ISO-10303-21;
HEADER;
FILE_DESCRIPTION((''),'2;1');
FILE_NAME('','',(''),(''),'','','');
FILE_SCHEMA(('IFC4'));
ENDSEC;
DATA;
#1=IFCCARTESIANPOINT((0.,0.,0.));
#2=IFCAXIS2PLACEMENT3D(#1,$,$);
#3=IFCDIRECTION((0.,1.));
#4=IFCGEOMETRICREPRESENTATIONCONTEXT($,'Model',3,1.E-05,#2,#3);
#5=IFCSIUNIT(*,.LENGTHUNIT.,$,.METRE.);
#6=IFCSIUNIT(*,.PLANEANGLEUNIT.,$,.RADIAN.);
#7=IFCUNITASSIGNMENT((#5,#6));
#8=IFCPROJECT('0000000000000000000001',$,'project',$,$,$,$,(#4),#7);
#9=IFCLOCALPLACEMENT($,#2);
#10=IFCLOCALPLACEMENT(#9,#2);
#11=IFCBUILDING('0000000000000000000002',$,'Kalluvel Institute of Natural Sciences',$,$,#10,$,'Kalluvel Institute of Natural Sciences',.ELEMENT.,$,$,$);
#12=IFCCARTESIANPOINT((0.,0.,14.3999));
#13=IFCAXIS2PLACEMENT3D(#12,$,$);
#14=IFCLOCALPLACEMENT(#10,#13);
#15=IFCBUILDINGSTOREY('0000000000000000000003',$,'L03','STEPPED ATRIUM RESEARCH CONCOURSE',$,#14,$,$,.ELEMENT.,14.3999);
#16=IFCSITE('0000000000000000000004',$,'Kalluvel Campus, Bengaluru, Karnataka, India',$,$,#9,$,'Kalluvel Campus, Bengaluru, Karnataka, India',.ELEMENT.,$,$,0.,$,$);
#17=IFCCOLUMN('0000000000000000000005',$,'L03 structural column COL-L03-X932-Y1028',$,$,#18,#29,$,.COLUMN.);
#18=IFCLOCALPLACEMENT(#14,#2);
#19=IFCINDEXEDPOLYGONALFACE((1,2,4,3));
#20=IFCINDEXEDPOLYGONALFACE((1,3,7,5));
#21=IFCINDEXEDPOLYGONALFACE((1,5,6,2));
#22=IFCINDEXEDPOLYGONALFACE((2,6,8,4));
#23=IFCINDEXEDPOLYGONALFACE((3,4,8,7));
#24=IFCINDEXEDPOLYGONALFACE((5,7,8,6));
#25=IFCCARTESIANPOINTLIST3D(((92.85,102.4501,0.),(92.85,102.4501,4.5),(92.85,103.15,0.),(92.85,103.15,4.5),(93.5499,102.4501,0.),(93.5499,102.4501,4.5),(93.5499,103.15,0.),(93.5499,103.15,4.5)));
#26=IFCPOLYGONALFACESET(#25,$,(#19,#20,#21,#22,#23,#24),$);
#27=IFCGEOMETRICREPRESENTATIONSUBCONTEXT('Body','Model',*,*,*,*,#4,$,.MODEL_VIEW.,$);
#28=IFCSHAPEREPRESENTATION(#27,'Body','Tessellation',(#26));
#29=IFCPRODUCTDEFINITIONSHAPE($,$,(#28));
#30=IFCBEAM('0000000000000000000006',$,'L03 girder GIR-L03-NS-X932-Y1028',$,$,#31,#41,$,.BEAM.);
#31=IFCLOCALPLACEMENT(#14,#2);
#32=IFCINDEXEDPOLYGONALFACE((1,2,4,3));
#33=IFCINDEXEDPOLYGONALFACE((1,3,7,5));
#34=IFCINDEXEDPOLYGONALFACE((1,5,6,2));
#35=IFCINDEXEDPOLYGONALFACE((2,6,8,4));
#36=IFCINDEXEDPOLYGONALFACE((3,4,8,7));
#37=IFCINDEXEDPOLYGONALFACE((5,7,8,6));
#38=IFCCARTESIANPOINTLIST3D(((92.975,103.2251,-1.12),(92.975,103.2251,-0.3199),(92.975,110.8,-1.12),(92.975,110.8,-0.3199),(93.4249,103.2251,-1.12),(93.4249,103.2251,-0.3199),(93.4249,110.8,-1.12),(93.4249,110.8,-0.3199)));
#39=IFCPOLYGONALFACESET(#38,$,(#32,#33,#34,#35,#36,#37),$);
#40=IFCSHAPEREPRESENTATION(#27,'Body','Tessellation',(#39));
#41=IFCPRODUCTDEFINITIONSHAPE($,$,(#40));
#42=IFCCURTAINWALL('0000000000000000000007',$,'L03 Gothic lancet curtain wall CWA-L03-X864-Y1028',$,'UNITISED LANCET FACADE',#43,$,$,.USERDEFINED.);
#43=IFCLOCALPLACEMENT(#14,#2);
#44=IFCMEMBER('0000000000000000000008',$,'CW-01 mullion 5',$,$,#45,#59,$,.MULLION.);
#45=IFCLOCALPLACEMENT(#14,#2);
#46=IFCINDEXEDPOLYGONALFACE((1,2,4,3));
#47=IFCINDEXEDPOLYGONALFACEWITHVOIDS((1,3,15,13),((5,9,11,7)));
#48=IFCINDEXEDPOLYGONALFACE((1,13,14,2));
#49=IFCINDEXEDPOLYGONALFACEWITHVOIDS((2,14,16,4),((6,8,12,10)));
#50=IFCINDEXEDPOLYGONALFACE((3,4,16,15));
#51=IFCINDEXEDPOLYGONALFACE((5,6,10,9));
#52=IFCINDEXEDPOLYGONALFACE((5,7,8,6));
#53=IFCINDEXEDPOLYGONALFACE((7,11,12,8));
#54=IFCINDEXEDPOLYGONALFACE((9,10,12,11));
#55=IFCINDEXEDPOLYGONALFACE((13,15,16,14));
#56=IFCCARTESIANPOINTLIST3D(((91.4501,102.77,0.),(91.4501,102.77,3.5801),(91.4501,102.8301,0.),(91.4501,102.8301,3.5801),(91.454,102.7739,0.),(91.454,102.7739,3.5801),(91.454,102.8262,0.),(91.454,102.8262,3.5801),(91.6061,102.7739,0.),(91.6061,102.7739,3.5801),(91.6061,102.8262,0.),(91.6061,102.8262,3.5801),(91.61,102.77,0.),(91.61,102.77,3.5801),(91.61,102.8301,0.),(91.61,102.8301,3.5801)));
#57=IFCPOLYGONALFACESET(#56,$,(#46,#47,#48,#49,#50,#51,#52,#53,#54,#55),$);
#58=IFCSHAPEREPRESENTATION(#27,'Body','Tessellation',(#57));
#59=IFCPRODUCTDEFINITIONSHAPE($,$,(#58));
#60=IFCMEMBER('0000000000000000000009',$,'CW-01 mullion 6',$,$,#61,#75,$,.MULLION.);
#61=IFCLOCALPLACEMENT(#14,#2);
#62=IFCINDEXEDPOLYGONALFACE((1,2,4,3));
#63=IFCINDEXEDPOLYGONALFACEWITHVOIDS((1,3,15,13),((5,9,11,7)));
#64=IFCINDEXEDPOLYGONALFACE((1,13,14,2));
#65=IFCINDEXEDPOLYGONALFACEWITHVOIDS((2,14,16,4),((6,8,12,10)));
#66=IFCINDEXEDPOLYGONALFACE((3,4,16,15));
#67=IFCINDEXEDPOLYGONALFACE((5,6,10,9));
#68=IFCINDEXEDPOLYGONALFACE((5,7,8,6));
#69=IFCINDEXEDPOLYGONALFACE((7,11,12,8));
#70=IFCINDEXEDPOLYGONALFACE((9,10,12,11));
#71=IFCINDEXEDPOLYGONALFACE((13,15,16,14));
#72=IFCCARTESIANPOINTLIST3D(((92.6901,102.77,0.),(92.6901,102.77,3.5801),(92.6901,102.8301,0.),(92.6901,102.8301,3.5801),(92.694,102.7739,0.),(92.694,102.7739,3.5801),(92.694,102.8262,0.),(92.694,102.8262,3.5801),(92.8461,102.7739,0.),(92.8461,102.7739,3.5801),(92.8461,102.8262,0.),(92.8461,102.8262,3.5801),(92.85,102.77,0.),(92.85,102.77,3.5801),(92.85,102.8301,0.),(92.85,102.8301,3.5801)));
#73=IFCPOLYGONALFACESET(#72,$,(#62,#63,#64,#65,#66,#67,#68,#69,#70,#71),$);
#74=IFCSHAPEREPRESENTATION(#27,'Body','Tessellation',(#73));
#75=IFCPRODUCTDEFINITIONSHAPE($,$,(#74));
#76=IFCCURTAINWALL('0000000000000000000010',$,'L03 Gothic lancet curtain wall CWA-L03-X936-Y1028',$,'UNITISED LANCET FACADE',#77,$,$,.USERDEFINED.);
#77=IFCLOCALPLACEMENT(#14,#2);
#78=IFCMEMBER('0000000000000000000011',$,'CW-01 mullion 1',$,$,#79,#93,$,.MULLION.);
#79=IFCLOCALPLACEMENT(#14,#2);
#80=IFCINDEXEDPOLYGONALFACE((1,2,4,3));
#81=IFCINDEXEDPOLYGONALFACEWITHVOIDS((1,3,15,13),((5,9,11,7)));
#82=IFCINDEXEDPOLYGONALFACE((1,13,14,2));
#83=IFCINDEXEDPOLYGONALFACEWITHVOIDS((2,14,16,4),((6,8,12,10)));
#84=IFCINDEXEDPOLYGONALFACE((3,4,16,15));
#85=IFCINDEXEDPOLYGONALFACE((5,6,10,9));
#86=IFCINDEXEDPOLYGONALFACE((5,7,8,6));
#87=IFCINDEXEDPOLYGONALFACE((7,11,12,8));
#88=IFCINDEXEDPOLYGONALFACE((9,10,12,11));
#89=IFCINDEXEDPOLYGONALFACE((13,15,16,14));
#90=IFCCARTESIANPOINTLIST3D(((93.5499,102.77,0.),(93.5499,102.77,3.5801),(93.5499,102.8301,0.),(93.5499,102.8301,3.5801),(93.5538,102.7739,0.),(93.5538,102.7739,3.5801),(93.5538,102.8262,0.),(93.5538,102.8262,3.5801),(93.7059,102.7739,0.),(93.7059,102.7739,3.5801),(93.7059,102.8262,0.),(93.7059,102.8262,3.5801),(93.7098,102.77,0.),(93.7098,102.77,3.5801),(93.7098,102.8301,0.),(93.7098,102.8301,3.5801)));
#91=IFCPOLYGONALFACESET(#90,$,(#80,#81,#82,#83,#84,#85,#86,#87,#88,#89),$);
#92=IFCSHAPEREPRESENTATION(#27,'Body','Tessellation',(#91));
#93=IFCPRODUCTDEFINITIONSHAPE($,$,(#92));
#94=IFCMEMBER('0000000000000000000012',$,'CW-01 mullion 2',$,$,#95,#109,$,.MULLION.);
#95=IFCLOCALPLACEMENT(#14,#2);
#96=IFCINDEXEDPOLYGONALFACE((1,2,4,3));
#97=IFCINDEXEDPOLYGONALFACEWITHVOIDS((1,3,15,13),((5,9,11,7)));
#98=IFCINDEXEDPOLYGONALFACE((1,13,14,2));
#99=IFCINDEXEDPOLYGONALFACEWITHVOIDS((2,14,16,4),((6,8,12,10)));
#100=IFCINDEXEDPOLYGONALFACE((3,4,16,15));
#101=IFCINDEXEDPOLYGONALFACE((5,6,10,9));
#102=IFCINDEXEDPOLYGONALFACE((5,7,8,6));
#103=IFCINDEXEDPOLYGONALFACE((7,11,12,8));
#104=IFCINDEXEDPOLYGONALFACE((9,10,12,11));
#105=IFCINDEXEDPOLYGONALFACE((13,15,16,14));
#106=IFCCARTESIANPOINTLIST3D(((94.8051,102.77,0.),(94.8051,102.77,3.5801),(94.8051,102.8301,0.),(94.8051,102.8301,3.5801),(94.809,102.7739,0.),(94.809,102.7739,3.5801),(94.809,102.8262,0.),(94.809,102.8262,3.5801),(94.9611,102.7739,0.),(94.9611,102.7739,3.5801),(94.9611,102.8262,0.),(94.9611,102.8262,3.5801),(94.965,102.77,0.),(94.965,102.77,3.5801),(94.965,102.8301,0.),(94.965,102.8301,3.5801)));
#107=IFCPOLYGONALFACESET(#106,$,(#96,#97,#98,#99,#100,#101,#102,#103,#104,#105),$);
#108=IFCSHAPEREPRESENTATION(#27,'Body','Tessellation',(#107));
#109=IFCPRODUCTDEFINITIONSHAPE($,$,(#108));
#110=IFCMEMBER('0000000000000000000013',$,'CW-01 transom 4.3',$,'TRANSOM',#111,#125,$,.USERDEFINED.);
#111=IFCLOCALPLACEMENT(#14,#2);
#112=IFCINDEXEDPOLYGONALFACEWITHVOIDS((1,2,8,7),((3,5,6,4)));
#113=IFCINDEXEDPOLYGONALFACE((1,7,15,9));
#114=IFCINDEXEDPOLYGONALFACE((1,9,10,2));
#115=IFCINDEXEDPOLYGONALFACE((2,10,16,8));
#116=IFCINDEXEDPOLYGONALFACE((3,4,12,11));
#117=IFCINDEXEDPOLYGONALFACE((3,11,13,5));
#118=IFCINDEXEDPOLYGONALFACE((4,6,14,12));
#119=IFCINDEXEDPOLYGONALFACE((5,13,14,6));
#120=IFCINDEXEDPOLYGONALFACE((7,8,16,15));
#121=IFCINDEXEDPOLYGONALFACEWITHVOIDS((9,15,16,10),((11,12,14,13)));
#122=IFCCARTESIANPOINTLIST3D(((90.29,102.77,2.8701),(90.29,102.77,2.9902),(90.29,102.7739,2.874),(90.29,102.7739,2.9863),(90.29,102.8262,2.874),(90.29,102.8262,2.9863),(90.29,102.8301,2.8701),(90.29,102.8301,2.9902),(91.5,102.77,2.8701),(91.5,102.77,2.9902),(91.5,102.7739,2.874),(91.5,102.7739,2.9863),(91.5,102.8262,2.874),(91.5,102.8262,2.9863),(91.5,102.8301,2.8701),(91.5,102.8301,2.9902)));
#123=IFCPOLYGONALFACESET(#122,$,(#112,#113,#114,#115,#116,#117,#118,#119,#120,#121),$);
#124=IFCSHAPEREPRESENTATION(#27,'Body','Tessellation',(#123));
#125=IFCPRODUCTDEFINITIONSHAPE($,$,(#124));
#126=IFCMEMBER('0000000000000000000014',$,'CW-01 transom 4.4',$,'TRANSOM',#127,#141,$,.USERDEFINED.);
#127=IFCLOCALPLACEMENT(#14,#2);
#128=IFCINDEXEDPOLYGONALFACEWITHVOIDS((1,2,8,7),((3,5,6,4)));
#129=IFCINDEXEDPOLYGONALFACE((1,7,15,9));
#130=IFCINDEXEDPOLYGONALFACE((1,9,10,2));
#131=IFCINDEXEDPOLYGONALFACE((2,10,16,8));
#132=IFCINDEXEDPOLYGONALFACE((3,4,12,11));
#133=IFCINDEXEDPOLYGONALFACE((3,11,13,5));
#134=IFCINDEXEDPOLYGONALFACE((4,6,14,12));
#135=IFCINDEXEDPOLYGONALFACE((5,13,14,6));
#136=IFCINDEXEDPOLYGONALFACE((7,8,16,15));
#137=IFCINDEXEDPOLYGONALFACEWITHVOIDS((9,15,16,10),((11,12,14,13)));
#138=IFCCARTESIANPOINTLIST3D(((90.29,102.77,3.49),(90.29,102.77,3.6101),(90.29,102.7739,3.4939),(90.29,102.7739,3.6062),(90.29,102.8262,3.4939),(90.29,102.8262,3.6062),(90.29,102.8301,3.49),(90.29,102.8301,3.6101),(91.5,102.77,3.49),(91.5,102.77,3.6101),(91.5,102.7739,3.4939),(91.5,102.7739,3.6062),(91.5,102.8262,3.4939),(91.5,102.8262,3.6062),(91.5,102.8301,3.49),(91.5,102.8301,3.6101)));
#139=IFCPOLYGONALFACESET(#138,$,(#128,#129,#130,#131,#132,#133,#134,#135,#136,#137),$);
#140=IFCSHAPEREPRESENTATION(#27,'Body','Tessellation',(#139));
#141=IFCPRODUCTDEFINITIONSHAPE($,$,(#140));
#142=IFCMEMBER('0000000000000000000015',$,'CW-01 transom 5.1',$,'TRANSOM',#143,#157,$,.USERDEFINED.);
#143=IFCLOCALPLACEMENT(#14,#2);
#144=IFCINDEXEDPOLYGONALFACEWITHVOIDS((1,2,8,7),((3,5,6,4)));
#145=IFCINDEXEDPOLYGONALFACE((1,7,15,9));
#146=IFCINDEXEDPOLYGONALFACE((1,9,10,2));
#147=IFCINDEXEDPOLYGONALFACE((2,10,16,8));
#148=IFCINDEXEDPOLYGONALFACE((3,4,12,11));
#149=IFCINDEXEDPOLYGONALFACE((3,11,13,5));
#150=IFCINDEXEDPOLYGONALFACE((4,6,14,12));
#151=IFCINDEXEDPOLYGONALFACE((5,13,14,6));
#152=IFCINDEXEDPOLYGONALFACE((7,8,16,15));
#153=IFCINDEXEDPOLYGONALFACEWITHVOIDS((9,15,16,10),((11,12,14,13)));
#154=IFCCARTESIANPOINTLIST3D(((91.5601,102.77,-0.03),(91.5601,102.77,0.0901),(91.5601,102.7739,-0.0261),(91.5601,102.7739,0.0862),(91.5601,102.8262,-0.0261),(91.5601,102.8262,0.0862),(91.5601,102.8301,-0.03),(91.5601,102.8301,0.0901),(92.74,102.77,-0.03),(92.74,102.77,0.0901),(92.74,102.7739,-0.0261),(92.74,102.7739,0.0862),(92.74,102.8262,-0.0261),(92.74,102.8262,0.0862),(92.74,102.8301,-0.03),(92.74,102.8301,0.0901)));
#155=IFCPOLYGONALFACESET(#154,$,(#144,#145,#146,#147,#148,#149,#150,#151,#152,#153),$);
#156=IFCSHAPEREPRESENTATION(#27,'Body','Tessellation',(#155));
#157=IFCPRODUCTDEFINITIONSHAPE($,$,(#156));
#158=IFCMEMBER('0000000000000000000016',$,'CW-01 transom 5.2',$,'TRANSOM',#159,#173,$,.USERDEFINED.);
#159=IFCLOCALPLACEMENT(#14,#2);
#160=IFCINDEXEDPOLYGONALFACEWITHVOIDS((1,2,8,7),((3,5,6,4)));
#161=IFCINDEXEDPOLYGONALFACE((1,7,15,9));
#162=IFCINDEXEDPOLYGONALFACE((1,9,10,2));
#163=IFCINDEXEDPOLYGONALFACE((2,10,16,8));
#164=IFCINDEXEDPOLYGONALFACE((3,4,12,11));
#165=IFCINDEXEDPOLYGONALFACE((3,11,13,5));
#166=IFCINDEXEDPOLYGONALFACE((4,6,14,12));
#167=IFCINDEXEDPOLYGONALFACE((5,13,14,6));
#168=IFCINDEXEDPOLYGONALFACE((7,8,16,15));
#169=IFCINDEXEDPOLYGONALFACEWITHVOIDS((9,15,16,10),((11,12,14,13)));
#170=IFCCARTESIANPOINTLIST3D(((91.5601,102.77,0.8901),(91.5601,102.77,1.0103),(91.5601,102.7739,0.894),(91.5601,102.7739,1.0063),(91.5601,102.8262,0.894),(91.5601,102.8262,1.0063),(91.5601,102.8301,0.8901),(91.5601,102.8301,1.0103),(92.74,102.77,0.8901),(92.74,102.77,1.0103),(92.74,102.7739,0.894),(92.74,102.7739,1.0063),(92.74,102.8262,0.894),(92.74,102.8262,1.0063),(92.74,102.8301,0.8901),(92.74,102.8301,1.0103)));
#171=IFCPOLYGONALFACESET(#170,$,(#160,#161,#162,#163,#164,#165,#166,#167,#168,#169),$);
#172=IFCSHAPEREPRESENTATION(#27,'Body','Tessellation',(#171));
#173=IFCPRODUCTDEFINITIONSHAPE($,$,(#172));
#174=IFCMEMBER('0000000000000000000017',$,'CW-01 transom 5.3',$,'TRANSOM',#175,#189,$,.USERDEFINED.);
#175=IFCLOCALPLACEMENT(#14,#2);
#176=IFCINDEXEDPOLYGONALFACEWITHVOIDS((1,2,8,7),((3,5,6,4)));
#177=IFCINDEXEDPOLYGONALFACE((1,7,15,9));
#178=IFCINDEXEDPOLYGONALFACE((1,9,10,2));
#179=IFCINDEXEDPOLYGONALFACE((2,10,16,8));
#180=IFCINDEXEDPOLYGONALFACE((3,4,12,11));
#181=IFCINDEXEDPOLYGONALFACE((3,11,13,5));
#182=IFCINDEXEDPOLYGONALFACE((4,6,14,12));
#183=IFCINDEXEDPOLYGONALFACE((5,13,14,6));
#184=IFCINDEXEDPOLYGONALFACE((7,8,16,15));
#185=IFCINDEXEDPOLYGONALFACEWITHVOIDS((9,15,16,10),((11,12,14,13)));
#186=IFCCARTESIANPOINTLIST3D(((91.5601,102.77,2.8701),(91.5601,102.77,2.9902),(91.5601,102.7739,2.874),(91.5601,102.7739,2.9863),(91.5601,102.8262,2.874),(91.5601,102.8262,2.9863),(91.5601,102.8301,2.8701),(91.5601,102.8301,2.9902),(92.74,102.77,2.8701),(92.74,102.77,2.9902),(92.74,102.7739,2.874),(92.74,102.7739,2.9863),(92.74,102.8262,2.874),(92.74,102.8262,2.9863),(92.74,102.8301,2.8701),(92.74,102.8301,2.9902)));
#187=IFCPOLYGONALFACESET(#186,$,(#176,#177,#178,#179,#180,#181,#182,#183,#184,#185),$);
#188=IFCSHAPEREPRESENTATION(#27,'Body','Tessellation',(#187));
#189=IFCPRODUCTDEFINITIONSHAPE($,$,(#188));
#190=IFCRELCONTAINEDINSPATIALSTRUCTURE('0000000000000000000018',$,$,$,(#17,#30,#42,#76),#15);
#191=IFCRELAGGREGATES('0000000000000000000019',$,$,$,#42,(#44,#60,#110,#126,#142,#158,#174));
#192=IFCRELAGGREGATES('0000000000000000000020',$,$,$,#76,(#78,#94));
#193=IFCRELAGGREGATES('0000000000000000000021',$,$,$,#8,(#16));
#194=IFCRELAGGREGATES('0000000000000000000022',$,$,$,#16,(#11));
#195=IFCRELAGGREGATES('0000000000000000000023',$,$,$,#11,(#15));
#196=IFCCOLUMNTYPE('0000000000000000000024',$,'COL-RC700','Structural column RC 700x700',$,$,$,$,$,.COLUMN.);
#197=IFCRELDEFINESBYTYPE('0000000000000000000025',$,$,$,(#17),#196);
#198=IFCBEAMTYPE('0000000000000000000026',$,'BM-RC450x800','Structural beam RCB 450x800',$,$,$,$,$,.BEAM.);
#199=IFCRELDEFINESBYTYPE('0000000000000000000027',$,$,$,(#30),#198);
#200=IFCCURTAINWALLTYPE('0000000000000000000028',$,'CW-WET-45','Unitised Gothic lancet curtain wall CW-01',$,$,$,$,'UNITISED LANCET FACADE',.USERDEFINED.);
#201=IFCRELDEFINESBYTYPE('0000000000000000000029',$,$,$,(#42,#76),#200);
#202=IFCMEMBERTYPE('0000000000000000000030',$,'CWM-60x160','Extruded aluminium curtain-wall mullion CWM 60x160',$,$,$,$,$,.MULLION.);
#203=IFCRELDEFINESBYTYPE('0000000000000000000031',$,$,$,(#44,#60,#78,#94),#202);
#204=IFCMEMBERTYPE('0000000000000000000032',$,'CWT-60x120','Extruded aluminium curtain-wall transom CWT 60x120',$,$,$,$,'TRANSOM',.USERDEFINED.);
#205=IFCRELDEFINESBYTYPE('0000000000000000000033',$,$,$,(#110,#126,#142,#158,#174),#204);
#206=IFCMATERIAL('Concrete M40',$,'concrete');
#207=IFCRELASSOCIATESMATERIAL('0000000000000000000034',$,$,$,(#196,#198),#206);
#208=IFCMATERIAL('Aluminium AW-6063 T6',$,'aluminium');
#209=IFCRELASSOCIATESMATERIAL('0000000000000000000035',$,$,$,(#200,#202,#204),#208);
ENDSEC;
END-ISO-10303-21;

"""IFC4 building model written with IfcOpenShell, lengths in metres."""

from ifc_helpers import new_model, si_unit, direction, frame, origin, origin_2d, place, context, subcontext, project, spatial, rectangle, hollow_rectangle, extrude, material, material_profile, profile_set, type_object, element, aggregate, save


model = new_model("IFC4")

# Units and contexts
model_context = context("Model", 3, precision=1e-05, world=origin(), true_north=direction((0.0, 1.0)))
body_context = subcontext(model_context, "Body", "Model", "MODEL_VIEW")
ifc_project = project(units=[si_unit("LENGTHUNIT", "METRE"), si_unit("PLANEANGLEUNIT", "RADIAN")], contexts=[model_context])

# Site, building, storey
site_placement = place(None, origin())
site = spatial("IfcSite", under=ifc_project, at=site_placement, Name="Kalluvel Campus, Bengaluru, Karnataka, India", LongName="Kalluvel Campus, Bengaluru, Karnataka, India", CompositionType="ELEMENT", RefElevation=0.0)
building_placement = place(site_placement, origin())
building = spatial("IfcBuilding", under=site, at=building_placement, Name="Kalluvel Institute of Natural Sciences", LongName="Kalluvel Institute of Natural Sciences", CompositionType="ELEMENT")
storey_placement = place(building_placement, frame((0.0, 0.0, 14.3999)))
storey = spatial("IfcBuildingStorey", under=building, at=storey_placement, Name="L03", Description="STEPPED ATRIUM RESEARCH CONCOURSE", CompositionType="ELEMENT", Elevation=14.3999)

# Column
ifc_material_1 = material(Name="Concrete M40", Category="concrete")
ifc_material_profile_1 = material_profile(ifc_material_1, rectangle(XDim=0.7, YDim=0.7, at=origin_2d()), Name="RC 700x700")
ifc_profile_set_1 = profile_set([ifc_material_profile_1], Name="Concrete M40")
column_type = type_object("IfcColumnType", Name="COL-RC700", Description="Structural column RC 700x700", PredefinedType="COLUMN", material=ifc_profile_set_1)
column_placement = place(storey_placement, frame((93.2, 102.8, 0.0), z_axis=(0.0, 0.0, 1.0), x_axis=(1.0, 0.0, 0.0)))
element("IfcColumn", 1, at=column_placement, inside=storey, type_object=column_type, Name="L03 structural column COL-L03-X932-Y1028", PredefinedType="COLUMN", context=body_context, shape_type="SweptSolid", body=[
    extrude(rectangle(XDim=0.7, YDim=0.7, at=origin_2d()), origin(), (0.0, 0.0, 1.0), 4.5),
])

# Beam
ifc_material_profile_2 = material_profile(ifc_material_1, rectangle(XDim=0.45, YDim=0.8, at=origin_2d()), Name="RCB 450x800")
ifc_profile_set_2 = profile_set([ifc_material_profile_2], Name="Concrete M40")
beam_type_1 = type_object("IfcBeamType", Name="BM-RC450x800", Description="Structural beam RCB 450x800", PredefinedType="BEAM", material=ifc_profile_set_2)
beam_1_placement = place(storey_placement, frame((93.2, 103.2251, -0.72), z_axis=(0.0, 1.0, 0.0), x_axis=(-1.0, 0.0, 0.0)))
element("IfcBeam", 2, at=beam_1_placement, inside=storey, type_object=beam_type_1, Name="L03 girder GIR-L03-NS-X932-Y1028", PredefinedType="BEAM", context=body_context, shape_type="SweptSolid", body=[
    extrude(rectangle(XDim=0.45, YDim=0.8, at=origin_2d()), origin(), (0.0, 0.0, 1.0), 7.575),
])

# Curtain walls, members
ifc_material_2 = material(Name="Aluminium AW-6063 T6", Category="aluminium")
curtain_wall_type = type_object("IfcCurtainWallType", Name="CW-WET-45", Description="Unitised Gothic lancet curtain wall CW-01", ElementType="UNITISED LANCET FACADE", PredefinedType="USERDEFINED", material=ifc_material_2)
curtain_wall_1_placement = place(storey_placement, origin())
curtain_wall_1 = element("IfcCurtainWall", 3, at=curtain_wall_1_placement, inside=storey, type_object=curtain_wall_type, Name="L03 Gothic lancet curtain wall CWA-L03-X864-Y1028", ObjectType="UNITISED LANCET FACADE", PredefinedType="USERDEFINED")
ifc_material_profile_3 = material_profile(ifc_material_2, hollow_rectangle(XDim=0.0601, YDim=0.1599, WallThickness=0.0039, at=origin_2d()), Name="CWM 60x160")
ifc_profile_set_3 = profile_set([ifc_material_profile_3], Name="Aluminium AW-6063 T6")
member_type_1 = type_object("IfcMemberType", Name="CWM-60x160", Description="Extruded aluminium curtain-wall mullion CWM 60x160", PredefinedType="MULLION", material=ifc_profile_set_3)
member_1_placement = place(storey_placement, frame((91.53, 102.8, 0.0), z_axis=(0.0, 0.0, 1.0), x_axis=(0.0, 1.0, 0.0)))
member_1 = element("IfcMember", 4, at=member_1_placement, type_object=member_type_1, Name="CW-01 mullion 5", PredefinedType="MULLION", context=body_context, shape_type="SweptSolid", body=[
    extrude(hollow_rectangle(XDim=0.0601, YDim=0.1599, WallThickness=0.0039, at=origin_2d()), origin(), (0.0, 0.0, 1.0), 3.5801),
])
member_2_placement = place(storey_placement, frame((92.77, 102.8, 0.0), z_axis=(0.0, 0.0, 1.0), x_axis=(0.0, 1.0, 0.0)))
member_2 = element("IfcMember", 5, at=member_2_placement, type_object=member_type_1, Name="CW-01 mullion 6", PredefinedType="MULLION", context=body_context, shape_type="SweptSolid", body=[
    extrude(hollow_rectangle(XDim=0.0601, YDim=0.1599, WallThickness=0.0039, at=origin_2d()), origin(), (0.0, 0.0, 1.0), 3.5801),
])
curtain_wall_2_placement = place(storey_placement, origin())
curtain_wall_2 = element("IfcCurtainWall", 6, at=curtain_wall_2_placement, inside=storey, type_object=curtain_wall_type, Name="L03 Gothic lancet curtain wall CWA-L03-X936-Y1028", ObjectType="UNITISED LANCET FACADE", PredefinedType="USERDEFINED")
member_3_placement = place(storey_placement, frame((93.6299, 102.8, 0.0), z_axis=(0.0, 0.0, 1.0), x_axis=(0.0, 1.0, 0.0)))
member_3 = element("IfcMember", 7, at=member_3_placement, type_object=member_type_1, Name="CW-01 mullion 1", PredefinedType="MULLION", context=body_context, shape_type="SweptSolid", body=[
    extrude(hollow_rectangle(XDim=0.0601, YDim=0.1599, WallThickness=0.0039, at=origin_2d()), origin(), (0.0, 0.0, 1.0), 3.5801),
])
member_4_placement = place(storey_placement, frame((94.885, 102.8, 0.0), z_axis=(0.0, 0.0, 1.0), x_axis=(0.0, 1.0, 0.0)))
member_4 = element("IfcMember", 8, at=member_4_placement, type_object=member_type_1, Name="CW-01 mullion 2", PredefinedType="MULLION", context=body_context, shape_type="SweptSolid", body=[
    extrude(hollow_rectangle(XDim=0.0601, YDim=0.1599, WallThickness=0.0039, at=origin_2d()), origin(), (0.0, 0.0, 1.0), 3.5801),
])

# Members
ifc_material_profile_4 = material_profile(ifc_material_2, hollow_rectangle(XDim=0.0601, YDim=0.1201, WallThickness=0.0039, at=origin_2d()), Name="CWT 60x120")
ifc_profile_set_4 = profile_set([ifc_material_profile_4], Name="Aluminium AW-6063 T6")
member_type_2 = type_object("IfcMemberType", Name="CWT-60x120", Description="Extruded aluminium curtain-wall transom CWT 60x120", ElementType="TRANSOM", PredefinedType="USERDEFINED", material=ifc_profile_set_4)
member_5_placement = place(storey_placement, frame((90.29, 102.8, 2.9302), z_axis=(1.0, 0.0, 0.0), x_axis=(0.0, 1.0, 0.0)))
member_5 = element("IfcMember", 9, at=member_5_placement, type_object=member_type_2, Name="CW-01 transom 4.3", ObjectType="TRANSOM", PredefinedType="USERDEFINED", context=body_context, shape_type="SweptSolid", body=[
    extrude(hollow_rectangle(XDim=0.0601, YDim=0.1201, WallThickness=0.0039, at=origin_2d()), origin(), (0.0, 0.0, 1.0), 1.21),
])
member_6_placement = place(storey_placement, frame((90.29, 102.8, 3.55), z_axis=(1.0, 0.0, 0.0), x_axis=(0.0, 1.0, 0.0)))
member_6 = element("IfcMember", 10, at=member_6_placement, type_object=member_type_2, Name="CW-01 transom 4.4", ObjectType="TRANSOM", PredefinedType="USERDEFINED", context=body_context, shape_type="SweptSolid", body=[
    extrude(hollow_rectangle(XDim=0.0601, YDim=0.1201, WallThickness=0.0039, at=origin_2d()), origin(), (0.0, 0.0, 1.0), 1.21),
])
member_7_placement = place(storey_placement, frame((91.5601, 102.8, 0.03), z_axis=(1.0, 0.0, 0.0), x_axis=(0.0, 1.0, 0.0)))
member_7 = element("IfcMember", 11, at=member_7_placement, type_object=member_type_2, Name="CW-01 transom 5.1", ObjectType="TRANSOM", PredefinedType="USERDEFINED", context=body_context, shape_type="SweptSolid", body=[
    extrude(hollow_rectangle(XDim=0.0601, YDim=0.1201, WallThickness=0.0039, at=origin_2d()), origin(), (0.0, 0.0, 1.0), 1.1799),
])
member_8_placement = place(storey_placement, frame((91.5601, 102.8, 0.9502), z_axis=(1.0, 0.0, 0.0), x_axis=(0.0, 1.0, 0.0)))
member_8 = element("IfcMember", 12, at=member_8_placement, type_object=member_type_2, Name="CW-01 transom 5.2", ObjectType="TRANSOM", PredefinedType="USERDEFINED", context=body_context, shape_type="SweptSolid", body=[
    extrude(hollow_rectangle(XDim=0.0601, YDim=0.1201, WallThickness=0.0039, at=origin_2d()), origin(), (0.0, 0.0, 1.0), 1.1799),
])
member_9_placement = place(storey_placement, frame((91.5601, 102.8, 2.9302), z_axis=(1.0, 0.0, 0.0), x_axis=(0.0, 1.0, 0.0)))
member_9 = element("IfcMember", 13, at=member_9_placement, type_object=member_type_2, Name="CW-01 transom 5.3", ObjectType="TRANSOM", PredefinedType="USERDEFINED", context=body_context, shape_type="SweptSolid", body=[
    extrude(hollow_rectangle(XDim=0.0601, YDim=0.1201, WallThickness=0.0039, at=origin_2d()), origin(), (0.0, 0.0, 1.0), 1.1799),
])

aggregate(curtain_wall_1, [member_1, member_2, member_5, member_6, member_7, member_8, member_9])
aggregate(curtain_wall_2, [member_3, member_4])

save(model, "model.ifc")
